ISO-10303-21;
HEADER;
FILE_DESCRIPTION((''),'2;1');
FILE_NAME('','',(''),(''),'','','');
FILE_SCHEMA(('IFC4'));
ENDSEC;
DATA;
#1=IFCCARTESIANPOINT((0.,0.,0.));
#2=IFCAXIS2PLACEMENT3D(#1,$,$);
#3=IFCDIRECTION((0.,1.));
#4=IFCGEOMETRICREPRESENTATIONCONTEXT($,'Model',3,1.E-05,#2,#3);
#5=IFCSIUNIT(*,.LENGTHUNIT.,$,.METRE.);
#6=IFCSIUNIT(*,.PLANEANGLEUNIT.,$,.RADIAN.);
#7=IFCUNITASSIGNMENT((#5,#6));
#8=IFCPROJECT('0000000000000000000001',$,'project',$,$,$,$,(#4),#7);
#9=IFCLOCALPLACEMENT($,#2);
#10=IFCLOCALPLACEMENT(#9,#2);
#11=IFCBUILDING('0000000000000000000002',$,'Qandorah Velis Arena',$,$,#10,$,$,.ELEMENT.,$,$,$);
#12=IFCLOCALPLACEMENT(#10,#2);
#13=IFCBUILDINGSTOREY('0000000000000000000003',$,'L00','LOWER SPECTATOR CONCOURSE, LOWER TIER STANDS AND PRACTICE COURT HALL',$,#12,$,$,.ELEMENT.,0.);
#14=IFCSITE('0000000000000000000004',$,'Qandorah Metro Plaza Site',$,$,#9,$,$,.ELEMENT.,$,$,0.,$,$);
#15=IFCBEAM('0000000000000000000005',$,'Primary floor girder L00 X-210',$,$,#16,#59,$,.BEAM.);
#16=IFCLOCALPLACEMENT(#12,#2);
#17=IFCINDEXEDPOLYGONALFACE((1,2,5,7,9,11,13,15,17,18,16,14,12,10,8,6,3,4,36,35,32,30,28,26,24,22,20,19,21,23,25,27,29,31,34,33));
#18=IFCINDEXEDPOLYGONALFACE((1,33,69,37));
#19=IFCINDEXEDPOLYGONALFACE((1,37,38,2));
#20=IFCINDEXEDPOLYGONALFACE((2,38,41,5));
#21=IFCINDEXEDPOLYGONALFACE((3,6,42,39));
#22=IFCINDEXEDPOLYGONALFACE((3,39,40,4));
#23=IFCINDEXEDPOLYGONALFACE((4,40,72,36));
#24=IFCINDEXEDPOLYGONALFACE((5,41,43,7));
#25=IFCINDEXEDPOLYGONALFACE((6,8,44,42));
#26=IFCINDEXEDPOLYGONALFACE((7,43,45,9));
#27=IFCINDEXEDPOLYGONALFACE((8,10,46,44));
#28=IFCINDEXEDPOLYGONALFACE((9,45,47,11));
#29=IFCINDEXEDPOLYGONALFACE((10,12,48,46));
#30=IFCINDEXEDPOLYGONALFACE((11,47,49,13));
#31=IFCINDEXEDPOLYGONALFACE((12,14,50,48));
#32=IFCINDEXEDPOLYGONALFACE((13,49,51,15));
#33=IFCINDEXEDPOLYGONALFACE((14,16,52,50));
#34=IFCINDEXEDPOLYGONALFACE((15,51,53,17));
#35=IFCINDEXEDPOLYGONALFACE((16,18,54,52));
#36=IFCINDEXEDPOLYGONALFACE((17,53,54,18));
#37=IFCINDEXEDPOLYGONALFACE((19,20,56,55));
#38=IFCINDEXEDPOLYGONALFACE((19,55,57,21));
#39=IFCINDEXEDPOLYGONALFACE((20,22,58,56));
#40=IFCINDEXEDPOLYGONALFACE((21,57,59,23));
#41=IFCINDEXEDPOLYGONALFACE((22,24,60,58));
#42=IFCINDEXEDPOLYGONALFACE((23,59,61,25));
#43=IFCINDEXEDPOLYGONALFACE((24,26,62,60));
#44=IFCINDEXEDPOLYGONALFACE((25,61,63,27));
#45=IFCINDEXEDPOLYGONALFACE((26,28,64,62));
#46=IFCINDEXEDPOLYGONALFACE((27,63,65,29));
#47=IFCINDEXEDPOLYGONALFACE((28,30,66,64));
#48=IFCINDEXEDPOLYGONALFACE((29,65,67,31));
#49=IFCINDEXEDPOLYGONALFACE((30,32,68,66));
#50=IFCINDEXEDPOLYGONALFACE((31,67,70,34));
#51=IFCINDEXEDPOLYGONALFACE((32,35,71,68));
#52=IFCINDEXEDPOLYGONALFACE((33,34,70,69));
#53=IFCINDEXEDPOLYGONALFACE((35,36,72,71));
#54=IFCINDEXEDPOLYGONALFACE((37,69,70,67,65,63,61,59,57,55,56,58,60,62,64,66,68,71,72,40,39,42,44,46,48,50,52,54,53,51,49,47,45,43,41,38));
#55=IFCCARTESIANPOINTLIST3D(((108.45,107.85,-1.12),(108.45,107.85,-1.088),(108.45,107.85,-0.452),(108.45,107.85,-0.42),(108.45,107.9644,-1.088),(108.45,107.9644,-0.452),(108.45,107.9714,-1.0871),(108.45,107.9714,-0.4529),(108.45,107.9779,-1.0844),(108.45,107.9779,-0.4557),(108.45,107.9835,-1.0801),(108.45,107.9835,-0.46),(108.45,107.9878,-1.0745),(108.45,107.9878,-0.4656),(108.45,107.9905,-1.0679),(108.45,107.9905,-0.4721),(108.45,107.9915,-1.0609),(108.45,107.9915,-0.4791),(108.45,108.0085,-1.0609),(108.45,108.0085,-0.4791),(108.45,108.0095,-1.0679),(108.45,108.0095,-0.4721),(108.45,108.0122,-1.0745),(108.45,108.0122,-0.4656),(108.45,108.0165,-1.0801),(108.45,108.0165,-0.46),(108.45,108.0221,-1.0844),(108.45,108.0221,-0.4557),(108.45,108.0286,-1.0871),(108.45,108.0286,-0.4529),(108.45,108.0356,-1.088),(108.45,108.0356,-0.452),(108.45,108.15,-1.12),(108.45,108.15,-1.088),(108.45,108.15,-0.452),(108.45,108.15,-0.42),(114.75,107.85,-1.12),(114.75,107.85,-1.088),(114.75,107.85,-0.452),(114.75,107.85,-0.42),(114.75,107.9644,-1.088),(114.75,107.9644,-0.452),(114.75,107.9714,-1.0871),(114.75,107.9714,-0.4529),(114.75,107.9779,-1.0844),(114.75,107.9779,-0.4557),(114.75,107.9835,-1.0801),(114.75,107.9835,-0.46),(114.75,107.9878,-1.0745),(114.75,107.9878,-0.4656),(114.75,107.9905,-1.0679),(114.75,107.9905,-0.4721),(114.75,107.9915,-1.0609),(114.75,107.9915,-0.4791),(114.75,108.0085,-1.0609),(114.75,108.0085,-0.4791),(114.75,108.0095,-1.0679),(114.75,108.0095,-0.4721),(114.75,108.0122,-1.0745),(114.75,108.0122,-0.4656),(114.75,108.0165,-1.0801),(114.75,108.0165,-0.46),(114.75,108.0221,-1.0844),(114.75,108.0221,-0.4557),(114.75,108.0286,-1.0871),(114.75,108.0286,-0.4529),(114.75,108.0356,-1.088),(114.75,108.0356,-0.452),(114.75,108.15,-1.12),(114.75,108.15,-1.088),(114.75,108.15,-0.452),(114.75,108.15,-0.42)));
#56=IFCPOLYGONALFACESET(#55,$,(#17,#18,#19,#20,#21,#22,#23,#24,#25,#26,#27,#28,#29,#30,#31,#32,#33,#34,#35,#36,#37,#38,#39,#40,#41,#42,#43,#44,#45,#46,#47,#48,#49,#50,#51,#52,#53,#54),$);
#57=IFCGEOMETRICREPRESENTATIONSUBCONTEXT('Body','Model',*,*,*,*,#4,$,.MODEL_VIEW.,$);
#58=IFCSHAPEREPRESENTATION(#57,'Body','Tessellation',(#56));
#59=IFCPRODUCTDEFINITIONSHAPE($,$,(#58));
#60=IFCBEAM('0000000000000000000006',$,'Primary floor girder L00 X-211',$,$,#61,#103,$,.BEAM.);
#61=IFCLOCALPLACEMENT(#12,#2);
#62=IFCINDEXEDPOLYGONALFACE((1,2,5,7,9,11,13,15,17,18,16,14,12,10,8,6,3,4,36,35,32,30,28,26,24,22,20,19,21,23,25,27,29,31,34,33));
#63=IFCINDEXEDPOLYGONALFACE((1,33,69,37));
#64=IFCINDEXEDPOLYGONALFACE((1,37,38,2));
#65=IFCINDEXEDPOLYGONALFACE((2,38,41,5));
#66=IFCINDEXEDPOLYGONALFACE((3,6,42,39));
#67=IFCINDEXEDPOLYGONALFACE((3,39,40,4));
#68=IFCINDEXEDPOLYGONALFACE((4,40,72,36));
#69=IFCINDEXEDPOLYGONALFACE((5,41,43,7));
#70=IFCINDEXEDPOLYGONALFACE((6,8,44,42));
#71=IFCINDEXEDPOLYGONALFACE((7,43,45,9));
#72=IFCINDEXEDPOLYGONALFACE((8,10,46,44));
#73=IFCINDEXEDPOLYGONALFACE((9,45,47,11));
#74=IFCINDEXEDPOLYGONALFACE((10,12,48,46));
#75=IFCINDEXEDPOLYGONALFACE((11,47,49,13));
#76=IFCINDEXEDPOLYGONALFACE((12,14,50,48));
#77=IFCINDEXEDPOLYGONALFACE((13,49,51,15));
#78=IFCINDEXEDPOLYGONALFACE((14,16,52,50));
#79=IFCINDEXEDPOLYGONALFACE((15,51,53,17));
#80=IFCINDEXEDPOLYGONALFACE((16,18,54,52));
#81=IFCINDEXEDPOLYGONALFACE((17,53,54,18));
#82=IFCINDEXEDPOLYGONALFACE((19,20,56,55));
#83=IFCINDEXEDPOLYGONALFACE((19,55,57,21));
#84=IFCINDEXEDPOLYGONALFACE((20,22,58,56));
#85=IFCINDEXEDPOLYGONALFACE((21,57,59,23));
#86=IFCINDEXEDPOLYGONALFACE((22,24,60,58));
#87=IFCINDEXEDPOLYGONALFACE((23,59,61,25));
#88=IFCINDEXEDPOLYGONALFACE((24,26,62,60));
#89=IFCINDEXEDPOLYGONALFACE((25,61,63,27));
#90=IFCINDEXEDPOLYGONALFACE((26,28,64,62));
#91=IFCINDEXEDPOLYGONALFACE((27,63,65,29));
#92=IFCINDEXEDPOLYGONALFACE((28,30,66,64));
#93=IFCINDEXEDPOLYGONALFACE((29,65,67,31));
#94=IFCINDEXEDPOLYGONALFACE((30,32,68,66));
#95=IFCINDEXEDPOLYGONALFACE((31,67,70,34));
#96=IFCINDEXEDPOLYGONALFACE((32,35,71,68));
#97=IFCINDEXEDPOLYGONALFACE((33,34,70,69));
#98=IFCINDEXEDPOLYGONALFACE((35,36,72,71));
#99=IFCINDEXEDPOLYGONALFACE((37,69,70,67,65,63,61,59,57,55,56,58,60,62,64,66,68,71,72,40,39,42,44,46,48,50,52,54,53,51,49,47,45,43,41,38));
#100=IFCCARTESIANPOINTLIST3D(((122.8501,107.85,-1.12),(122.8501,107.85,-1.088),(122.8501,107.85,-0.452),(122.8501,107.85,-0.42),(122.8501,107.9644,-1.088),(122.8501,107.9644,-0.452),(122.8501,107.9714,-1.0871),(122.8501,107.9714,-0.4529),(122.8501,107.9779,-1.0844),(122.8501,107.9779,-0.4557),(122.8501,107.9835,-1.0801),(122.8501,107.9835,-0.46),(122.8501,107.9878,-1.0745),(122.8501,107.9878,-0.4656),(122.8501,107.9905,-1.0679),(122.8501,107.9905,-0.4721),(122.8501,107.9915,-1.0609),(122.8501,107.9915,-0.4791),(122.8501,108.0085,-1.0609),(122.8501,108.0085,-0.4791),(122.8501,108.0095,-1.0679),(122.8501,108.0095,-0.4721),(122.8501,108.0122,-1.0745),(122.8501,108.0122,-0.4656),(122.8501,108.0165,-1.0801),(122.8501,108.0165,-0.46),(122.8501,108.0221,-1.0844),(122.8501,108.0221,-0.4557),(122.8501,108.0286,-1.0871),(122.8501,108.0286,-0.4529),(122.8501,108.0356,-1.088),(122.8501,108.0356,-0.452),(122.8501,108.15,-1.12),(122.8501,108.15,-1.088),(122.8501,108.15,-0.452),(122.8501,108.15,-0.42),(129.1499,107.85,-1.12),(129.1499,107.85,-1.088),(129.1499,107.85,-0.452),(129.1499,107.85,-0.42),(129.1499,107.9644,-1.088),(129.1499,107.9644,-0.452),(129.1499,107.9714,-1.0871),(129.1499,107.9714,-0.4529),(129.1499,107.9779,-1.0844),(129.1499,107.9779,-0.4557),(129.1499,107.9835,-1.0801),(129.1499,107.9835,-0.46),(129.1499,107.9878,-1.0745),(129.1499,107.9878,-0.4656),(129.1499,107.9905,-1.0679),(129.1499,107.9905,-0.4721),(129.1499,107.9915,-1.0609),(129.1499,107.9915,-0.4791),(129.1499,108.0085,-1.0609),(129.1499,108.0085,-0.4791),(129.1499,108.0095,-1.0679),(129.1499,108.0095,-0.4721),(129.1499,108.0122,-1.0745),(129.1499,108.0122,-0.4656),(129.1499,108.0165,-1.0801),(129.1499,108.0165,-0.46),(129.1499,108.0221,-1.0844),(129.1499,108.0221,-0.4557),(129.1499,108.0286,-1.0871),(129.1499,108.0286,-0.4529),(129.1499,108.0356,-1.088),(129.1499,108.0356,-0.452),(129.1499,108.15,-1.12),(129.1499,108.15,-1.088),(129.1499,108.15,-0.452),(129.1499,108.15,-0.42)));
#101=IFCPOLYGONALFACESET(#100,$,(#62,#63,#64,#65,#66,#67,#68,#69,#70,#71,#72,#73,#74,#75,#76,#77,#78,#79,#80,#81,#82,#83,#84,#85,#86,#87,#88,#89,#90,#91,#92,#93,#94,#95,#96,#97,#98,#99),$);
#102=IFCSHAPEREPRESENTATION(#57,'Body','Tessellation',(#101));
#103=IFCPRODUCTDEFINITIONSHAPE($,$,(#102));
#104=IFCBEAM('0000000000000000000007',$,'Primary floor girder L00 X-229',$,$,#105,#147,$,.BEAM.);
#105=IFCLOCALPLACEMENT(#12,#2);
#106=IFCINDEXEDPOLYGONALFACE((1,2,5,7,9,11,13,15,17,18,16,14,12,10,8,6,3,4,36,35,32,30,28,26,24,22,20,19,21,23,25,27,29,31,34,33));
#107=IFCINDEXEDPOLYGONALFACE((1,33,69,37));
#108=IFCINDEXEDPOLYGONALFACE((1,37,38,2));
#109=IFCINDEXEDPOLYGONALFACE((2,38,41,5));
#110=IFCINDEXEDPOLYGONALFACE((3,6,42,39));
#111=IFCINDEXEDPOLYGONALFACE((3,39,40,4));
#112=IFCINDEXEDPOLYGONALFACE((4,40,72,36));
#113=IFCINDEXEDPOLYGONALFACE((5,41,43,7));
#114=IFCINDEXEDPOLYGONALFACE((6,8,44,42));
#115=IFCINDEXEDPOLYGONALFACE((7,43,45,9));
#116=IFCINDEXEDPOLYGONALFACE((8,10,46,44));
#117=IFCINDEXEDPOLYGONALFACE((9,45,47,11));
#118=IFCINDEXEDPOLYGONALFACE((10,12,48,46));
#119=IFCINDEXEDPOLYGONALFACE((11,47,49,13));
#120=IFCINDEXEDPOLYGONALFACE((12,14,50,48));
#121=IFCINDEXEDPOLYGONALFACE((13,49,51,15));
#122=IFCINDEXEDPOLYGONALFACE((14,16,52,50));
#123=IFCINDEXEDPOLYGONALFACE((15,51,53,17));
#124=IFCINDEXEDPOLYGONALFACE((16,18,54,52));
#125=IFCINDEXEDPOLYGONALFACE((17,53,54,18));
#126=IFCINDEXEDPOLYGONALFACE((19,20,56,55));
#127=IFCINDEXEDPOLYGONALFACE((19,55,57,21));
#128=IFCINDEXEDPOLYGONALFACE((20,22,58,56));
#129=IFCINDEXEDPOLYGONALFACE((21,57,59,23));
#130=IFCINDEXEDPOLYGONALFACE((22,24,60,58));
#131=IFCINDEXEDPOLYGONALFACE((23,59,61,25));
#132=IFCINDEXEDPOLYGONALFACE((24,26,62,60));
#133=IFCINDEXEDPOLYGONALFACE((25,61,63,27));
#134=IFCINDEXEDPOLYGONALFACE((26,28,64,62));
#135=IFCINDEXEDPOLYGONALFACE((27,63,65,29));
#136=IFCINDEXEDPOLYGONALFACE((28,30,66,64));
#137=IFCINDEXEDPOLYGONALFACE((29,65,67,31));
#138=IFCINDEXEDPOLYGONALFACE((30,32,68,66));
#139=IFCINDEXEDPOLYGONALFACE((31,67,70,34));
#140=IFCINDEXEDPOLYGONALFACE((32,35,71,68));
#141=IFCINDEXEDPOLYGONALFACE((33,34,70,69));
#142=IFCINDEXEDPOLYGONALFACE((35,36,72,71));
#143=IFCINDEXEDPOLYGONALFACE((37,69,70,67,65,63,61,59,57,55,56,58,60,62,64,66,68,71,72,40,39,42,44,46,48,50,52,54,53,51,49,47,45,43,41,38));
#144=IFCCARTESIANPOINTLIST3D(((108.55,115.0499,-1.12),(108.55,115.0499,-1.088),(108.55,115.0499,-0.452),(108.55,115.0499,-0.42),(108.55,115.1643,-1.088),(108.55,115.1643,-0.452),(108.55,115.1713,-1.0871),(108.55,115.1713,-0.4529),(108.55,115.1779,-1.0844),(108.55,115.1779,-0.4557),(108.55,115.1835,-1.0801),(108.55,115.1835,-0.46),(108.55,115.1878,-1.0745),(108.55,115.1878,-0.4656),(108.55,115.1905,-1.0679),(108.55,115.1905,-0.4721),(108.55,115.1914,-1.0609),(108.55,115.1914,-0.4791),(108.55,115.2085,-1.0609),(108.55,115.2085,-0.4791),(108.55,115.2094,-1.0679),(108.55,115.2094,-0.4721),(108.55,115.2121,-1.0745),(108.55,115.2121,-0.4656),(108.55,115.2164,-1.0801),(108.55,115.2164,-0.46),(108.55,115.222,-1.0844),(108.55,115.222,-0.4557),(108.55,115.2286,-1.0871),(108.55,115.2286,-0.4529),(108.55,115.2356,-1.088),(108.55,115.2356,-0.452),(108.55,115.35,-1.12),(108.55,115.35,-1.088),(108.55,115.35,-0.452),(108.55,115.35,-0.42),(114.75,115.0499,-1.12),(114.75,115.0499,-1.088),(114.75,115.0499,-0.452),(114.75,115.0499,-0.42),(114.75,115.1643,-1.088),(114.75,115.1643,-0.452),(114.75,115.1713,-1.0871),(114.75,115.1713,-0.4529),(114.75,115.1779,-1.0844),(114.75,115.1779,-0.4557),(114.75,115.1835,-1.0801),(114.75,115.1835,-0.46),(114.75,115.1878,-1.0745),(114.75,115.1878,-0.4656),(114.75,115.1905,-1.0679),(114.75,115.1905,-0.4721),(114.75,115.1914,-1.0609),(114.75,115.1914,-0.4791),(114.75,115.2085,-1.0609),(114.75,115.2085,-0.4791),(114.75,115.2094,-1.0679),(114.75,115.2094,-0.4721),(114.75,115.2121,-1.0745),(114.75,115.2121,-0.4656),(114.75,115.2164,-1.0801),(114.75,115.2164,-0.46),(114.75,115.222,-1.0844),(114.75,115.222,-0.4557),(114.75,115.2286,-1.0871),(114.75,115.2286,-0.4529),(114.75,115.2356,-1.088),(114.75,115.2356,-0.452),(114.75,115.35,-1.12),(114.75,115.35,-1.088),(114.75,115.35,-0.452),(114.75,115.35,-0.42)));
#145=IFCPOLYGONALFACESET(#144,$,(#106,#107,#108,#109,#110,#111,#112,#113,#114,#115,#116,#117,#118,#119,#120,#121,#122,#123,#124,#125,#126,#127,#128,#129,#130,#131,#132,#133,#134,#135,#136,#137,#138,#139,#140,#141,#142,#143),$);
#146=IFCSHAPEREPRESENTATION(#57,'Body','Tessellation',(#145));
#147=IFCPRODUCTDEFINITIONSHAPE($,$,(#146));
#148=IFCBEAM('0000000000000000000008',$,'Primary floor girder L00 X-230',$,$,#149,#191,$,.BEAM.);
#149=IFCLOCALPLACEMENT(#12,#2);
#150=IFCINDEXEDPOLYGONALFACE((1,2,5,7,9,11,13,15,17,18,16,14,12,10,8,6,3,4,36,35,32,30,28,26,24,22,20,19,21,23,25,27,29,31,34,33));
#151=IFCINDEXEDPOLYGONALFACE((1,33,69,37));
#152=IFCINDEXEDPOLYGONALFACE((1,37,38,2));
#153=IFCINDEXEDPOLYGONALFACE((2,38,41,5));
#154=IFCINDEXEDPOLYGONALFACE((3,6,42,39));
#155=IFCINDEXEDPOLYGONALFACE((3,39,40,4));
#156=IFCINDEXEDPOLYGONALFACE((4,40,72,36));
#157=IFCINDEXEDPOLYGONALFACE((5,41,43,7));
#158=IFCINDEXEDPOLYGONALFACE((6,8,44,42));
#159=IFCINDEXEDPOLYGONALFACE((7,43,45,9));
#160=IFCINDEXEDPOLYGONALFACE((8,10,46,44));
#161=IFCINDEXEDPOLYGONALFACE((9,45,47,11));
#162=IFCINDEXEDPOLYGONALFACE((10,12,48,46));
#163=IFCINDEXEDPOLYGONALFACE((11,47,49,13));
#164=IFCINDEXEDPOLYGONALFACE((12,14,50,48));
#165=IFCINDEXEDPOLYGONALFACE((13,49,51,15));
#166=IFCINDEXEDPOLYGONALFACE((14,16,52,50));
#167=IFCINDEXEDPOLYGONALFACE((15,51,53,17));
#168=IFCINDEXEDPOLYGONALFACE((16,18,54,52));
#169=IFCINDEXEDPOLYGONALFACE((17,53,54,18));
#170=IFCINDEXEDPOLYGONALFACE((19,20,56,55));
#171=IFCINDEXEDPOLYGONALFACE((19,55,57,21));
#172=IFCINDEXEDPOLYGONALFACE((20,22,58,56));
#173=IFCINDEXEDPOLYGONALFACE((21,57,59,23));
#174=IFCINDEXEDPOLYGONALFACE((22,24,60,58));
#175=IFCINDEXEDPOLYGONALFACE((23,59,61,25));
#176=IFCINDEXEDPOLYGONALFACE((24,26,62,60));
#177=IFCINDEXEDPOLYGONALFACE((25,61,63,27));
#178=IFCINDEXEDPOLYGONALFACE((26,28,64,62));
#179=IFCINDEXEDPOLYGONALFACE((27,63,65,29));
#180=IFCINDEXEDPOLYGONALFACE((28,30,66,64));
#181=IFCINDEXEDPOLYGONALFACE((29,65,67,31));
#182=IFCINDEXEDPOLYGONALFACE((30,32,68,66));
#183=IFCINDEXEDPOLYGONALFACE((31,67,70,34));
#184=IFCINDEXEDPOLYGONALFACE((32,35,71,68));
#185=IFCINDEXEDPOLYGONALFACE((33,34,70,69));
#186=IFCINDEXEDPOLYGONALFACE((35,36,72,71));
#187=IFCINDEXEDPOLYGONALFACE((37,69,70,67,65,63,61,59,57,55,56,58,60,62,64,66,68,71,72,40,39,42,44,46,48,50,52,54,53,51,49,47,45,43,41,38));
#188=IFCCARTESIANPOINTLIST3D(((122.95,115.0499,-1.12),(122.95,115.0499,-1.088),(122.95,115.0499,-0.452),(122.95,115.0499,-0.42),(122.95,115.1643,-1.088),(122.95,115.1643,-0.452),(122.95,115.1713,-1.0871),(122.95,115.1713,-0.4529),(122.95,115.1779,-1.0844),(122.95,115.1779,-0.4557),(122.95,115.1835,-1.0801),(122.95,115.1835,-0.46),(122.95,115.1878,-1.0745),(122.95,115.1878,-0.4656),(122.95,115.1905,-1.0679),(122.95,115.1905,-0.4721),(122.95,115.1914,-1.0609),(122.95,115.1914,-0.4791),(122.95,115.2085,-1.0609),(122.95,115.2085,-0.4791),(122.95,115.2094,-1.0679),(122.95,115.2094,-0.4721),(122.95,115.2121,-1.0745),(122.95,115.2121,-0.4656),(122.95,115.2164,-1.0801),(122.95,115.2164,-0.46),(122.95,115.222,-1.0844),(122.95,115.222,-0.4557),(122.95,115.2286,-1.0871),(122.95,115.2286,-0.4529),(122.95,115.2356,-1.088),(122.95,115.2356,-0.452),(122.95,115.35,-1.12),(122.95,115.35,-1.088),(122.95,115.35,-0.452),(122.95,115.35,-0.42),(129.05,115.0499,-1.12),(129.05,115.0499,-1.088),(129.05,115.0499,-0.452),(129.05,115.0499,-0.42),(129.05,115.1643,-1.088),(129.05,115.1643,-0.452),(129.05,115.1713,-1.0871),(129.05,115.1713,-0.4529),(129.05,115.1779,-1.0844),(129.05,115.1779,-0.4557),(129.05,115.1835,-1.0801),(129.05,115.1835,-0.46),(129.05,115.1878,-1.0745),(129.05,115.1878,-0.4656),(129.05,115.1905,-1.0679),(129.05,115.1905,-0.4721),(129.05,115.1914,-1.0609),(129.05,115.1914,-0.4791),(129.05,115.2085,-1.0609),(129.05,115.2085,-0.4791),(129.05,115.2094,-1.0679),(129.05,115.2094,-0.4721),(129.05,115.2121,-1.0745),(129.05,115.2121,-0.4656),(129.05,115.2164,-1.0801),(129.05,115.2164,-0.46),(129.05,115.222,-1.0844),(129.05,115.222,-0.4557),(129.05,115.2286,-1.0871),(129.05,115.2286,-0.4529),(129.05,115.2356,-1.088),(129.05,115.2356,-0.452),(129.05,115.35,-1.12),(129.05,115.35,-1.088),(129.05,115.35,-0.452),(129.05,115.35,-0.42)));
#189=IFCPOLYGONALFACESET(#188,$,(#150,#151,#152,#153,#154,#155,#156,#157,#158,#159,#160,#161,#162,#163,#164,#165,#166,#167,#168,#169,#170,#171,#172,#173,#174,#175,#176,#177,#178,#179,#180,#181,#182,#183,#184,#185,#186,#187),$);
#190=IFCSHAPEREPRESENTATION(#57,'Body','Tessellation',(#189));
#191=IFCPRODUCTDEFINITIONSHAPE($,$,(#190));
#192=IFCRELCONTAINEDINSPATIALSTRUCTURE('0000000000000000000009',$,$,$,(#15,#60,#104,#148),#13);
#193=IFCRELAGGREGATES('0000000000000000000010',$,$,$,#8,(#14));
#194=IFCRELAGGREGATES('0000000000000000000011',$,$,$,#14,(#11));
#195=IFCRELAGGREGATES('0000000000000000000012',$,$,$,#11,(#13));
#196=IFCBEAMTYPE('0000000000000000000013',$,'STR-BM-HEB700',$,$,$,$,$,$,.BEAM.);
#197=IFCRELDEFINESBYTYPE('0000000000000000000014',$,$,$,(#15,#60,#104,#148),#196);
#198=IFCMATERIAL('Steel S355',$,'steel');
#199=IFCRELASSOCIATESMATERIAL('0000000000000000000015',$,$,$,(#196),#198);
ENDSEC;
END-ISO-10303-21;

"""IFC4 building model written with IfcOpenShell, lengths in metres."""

from ifc_helpers import new_model, si_unit, direction, frame, origin, origin_2d, place, context, subcontext, project, spatial, i_section, extrude, material, material_profile, profile_set, type_object, element, save


model = new_model("IFC4")

# Units and contexts
model_context = context("Model", 3, precision=1e-05, world=origin(), true_north=direction((0.0, 1.0)))
body_context = subcontext(model_context, "Body", "Model", "MODEL_VIEW")
ifc_project = project(units=[si_unit("LENGTHUNIT", "METRE"), si_unit("PLANEANGLEUNIT", "RADIAN")], contexts=[model_context])

# Site, building, storey
site_placement = place(None, origin())
site = spatial("IfcSite", under=ifc_project, at=site_placement, Name="Qandorah Metro Plaza Site", CompositionType="ELEMENT", RefElevation=0.0)
building_placement = place(site_placement, origin())
building = spatial("IfcBuilding", under=site, at=building_placement, Name="Qandorah Velis Arena", CompositionType="ELEMENT")
storey_placement = place(building_placement, origin())
storey = spatial("IfcBuildingStorey", under=building, at=storey_placement, Name="L00", Description="LOWER SPECTATOR CONCOURSE, LOWER TIER STANDS AND PRACTICE COURT HALL", CompositionType="ELEMENT", Elevation=0.0)

# Beams
ifc_material_1 = material(Name="Steel S355", Category="steel")
ifc_material_profile_1 = material_profile(ifc_material_1, i_section(OverallWidth=0.3, OverallDepth=0.7, WebThickness=0.0171, FlangeThickness=0.032, FilletRadius=0.0271, at=origin_2d()), Name="HEB 700")
ifc_profile_set_1 = profile_set([ifc_material_profile_1], Name="Steel S355")
beam_type_1 = type_object("IfcBeamType", Name="STR-BM-HEB700", PredefinedType="BEAM", material=ifc_profile_set_1)
beam_1_placement = place(storey_placement, frame((108.45, 108.0, -0.77), z_axis=(1.0, 0.0, 0.0), x_axis=(0.0, 1.0, 0.0)))
element("IfcBeam", 1, at=beam_1_placement, inside=storey, type_object=beam_type_1, Name="Primary floor girder L00 X-210", PredefinedType="BEAM", context=body_context, shape_type="SweptSolid", body=[
    extrude(i_section(OverallWidth=0.3, OverallDepth=0.7, WebThickness=0.0171, FlangeThickness=0.032, FilletRadius=0.0271, at=origin_2d()), origin(), (0.0, 0.0, 1.0), 6.3),
])
beam_2_placement = place(storey_placement, frame((122.8501, 108.0, -0.77), z_axis=(1.0, 0.0, 0.0), x_axis=(0.0, 1.0, 0.0)))
element("IfcBeam", 2, at=beam_2_placement, inside=storey, type_object=beam_type_1, Name="Primary floor girder L00 X-211", PredefinedType="BEAM", context=body_context, shape_type="SweptSolid", body=[
    extrude(i_section(OverallWidth=0.3, OverallDepth=0.7, WebThickness=0.0171, FlangeThickness=0.032, FilletRadius=0.0271, at=origin_2d()), origin(), (0.0, 0.0, 1.0), 6.2998),
])
beam_3_placement = place(storey_placement, frame((108.55, 115.2, -0.77), z_axis=(1.0, 0.0, 0.0), x_axis=(0.0, 1.0, 0.0)))
element("IfcBeam", 3, at=beam_3_placement, inside=storey, type_object=beam_type_1, Name="Primary floor girder L00 X-229", PredefinedType="BEAM", context=body_context, shape_type="SweptSolid", body=[
    extrude(i_section(OverallWidth=0.3, OverallDepth=0.7, WebThickness=0.0171, FlangeThickness=0.032, FilletRadius=0.0271, at=origin_2d()), origin(), (0.0, 0.0, 1.0), 6.2),
])
beam_4_placement = place(storey_placement, frame((122.95, 115.2, -0.77), z_axis=(1.0, 0.0, 0.0), x_axis=(0.0, 1.0, 0.0)))
element("IfcBeam", 4, at=beam_4_placement, inside=storey, type_object=beam_type_1, Name="Primary floor girder L00 X-230", PredefinedType="BEAM", context=body_context, shape_type="SweptSolid", body=[
    extrude(i_section(OverallWidth=0.3, OverallDepth=0.7, WebThickness=0.0171, FlangeThickness=0.032, FilletRadius=0.0271, at=origin_2d()), origin(), (0.0, 0.0, 1.0), 6.1001),
])

save(model, "model.ifc")
